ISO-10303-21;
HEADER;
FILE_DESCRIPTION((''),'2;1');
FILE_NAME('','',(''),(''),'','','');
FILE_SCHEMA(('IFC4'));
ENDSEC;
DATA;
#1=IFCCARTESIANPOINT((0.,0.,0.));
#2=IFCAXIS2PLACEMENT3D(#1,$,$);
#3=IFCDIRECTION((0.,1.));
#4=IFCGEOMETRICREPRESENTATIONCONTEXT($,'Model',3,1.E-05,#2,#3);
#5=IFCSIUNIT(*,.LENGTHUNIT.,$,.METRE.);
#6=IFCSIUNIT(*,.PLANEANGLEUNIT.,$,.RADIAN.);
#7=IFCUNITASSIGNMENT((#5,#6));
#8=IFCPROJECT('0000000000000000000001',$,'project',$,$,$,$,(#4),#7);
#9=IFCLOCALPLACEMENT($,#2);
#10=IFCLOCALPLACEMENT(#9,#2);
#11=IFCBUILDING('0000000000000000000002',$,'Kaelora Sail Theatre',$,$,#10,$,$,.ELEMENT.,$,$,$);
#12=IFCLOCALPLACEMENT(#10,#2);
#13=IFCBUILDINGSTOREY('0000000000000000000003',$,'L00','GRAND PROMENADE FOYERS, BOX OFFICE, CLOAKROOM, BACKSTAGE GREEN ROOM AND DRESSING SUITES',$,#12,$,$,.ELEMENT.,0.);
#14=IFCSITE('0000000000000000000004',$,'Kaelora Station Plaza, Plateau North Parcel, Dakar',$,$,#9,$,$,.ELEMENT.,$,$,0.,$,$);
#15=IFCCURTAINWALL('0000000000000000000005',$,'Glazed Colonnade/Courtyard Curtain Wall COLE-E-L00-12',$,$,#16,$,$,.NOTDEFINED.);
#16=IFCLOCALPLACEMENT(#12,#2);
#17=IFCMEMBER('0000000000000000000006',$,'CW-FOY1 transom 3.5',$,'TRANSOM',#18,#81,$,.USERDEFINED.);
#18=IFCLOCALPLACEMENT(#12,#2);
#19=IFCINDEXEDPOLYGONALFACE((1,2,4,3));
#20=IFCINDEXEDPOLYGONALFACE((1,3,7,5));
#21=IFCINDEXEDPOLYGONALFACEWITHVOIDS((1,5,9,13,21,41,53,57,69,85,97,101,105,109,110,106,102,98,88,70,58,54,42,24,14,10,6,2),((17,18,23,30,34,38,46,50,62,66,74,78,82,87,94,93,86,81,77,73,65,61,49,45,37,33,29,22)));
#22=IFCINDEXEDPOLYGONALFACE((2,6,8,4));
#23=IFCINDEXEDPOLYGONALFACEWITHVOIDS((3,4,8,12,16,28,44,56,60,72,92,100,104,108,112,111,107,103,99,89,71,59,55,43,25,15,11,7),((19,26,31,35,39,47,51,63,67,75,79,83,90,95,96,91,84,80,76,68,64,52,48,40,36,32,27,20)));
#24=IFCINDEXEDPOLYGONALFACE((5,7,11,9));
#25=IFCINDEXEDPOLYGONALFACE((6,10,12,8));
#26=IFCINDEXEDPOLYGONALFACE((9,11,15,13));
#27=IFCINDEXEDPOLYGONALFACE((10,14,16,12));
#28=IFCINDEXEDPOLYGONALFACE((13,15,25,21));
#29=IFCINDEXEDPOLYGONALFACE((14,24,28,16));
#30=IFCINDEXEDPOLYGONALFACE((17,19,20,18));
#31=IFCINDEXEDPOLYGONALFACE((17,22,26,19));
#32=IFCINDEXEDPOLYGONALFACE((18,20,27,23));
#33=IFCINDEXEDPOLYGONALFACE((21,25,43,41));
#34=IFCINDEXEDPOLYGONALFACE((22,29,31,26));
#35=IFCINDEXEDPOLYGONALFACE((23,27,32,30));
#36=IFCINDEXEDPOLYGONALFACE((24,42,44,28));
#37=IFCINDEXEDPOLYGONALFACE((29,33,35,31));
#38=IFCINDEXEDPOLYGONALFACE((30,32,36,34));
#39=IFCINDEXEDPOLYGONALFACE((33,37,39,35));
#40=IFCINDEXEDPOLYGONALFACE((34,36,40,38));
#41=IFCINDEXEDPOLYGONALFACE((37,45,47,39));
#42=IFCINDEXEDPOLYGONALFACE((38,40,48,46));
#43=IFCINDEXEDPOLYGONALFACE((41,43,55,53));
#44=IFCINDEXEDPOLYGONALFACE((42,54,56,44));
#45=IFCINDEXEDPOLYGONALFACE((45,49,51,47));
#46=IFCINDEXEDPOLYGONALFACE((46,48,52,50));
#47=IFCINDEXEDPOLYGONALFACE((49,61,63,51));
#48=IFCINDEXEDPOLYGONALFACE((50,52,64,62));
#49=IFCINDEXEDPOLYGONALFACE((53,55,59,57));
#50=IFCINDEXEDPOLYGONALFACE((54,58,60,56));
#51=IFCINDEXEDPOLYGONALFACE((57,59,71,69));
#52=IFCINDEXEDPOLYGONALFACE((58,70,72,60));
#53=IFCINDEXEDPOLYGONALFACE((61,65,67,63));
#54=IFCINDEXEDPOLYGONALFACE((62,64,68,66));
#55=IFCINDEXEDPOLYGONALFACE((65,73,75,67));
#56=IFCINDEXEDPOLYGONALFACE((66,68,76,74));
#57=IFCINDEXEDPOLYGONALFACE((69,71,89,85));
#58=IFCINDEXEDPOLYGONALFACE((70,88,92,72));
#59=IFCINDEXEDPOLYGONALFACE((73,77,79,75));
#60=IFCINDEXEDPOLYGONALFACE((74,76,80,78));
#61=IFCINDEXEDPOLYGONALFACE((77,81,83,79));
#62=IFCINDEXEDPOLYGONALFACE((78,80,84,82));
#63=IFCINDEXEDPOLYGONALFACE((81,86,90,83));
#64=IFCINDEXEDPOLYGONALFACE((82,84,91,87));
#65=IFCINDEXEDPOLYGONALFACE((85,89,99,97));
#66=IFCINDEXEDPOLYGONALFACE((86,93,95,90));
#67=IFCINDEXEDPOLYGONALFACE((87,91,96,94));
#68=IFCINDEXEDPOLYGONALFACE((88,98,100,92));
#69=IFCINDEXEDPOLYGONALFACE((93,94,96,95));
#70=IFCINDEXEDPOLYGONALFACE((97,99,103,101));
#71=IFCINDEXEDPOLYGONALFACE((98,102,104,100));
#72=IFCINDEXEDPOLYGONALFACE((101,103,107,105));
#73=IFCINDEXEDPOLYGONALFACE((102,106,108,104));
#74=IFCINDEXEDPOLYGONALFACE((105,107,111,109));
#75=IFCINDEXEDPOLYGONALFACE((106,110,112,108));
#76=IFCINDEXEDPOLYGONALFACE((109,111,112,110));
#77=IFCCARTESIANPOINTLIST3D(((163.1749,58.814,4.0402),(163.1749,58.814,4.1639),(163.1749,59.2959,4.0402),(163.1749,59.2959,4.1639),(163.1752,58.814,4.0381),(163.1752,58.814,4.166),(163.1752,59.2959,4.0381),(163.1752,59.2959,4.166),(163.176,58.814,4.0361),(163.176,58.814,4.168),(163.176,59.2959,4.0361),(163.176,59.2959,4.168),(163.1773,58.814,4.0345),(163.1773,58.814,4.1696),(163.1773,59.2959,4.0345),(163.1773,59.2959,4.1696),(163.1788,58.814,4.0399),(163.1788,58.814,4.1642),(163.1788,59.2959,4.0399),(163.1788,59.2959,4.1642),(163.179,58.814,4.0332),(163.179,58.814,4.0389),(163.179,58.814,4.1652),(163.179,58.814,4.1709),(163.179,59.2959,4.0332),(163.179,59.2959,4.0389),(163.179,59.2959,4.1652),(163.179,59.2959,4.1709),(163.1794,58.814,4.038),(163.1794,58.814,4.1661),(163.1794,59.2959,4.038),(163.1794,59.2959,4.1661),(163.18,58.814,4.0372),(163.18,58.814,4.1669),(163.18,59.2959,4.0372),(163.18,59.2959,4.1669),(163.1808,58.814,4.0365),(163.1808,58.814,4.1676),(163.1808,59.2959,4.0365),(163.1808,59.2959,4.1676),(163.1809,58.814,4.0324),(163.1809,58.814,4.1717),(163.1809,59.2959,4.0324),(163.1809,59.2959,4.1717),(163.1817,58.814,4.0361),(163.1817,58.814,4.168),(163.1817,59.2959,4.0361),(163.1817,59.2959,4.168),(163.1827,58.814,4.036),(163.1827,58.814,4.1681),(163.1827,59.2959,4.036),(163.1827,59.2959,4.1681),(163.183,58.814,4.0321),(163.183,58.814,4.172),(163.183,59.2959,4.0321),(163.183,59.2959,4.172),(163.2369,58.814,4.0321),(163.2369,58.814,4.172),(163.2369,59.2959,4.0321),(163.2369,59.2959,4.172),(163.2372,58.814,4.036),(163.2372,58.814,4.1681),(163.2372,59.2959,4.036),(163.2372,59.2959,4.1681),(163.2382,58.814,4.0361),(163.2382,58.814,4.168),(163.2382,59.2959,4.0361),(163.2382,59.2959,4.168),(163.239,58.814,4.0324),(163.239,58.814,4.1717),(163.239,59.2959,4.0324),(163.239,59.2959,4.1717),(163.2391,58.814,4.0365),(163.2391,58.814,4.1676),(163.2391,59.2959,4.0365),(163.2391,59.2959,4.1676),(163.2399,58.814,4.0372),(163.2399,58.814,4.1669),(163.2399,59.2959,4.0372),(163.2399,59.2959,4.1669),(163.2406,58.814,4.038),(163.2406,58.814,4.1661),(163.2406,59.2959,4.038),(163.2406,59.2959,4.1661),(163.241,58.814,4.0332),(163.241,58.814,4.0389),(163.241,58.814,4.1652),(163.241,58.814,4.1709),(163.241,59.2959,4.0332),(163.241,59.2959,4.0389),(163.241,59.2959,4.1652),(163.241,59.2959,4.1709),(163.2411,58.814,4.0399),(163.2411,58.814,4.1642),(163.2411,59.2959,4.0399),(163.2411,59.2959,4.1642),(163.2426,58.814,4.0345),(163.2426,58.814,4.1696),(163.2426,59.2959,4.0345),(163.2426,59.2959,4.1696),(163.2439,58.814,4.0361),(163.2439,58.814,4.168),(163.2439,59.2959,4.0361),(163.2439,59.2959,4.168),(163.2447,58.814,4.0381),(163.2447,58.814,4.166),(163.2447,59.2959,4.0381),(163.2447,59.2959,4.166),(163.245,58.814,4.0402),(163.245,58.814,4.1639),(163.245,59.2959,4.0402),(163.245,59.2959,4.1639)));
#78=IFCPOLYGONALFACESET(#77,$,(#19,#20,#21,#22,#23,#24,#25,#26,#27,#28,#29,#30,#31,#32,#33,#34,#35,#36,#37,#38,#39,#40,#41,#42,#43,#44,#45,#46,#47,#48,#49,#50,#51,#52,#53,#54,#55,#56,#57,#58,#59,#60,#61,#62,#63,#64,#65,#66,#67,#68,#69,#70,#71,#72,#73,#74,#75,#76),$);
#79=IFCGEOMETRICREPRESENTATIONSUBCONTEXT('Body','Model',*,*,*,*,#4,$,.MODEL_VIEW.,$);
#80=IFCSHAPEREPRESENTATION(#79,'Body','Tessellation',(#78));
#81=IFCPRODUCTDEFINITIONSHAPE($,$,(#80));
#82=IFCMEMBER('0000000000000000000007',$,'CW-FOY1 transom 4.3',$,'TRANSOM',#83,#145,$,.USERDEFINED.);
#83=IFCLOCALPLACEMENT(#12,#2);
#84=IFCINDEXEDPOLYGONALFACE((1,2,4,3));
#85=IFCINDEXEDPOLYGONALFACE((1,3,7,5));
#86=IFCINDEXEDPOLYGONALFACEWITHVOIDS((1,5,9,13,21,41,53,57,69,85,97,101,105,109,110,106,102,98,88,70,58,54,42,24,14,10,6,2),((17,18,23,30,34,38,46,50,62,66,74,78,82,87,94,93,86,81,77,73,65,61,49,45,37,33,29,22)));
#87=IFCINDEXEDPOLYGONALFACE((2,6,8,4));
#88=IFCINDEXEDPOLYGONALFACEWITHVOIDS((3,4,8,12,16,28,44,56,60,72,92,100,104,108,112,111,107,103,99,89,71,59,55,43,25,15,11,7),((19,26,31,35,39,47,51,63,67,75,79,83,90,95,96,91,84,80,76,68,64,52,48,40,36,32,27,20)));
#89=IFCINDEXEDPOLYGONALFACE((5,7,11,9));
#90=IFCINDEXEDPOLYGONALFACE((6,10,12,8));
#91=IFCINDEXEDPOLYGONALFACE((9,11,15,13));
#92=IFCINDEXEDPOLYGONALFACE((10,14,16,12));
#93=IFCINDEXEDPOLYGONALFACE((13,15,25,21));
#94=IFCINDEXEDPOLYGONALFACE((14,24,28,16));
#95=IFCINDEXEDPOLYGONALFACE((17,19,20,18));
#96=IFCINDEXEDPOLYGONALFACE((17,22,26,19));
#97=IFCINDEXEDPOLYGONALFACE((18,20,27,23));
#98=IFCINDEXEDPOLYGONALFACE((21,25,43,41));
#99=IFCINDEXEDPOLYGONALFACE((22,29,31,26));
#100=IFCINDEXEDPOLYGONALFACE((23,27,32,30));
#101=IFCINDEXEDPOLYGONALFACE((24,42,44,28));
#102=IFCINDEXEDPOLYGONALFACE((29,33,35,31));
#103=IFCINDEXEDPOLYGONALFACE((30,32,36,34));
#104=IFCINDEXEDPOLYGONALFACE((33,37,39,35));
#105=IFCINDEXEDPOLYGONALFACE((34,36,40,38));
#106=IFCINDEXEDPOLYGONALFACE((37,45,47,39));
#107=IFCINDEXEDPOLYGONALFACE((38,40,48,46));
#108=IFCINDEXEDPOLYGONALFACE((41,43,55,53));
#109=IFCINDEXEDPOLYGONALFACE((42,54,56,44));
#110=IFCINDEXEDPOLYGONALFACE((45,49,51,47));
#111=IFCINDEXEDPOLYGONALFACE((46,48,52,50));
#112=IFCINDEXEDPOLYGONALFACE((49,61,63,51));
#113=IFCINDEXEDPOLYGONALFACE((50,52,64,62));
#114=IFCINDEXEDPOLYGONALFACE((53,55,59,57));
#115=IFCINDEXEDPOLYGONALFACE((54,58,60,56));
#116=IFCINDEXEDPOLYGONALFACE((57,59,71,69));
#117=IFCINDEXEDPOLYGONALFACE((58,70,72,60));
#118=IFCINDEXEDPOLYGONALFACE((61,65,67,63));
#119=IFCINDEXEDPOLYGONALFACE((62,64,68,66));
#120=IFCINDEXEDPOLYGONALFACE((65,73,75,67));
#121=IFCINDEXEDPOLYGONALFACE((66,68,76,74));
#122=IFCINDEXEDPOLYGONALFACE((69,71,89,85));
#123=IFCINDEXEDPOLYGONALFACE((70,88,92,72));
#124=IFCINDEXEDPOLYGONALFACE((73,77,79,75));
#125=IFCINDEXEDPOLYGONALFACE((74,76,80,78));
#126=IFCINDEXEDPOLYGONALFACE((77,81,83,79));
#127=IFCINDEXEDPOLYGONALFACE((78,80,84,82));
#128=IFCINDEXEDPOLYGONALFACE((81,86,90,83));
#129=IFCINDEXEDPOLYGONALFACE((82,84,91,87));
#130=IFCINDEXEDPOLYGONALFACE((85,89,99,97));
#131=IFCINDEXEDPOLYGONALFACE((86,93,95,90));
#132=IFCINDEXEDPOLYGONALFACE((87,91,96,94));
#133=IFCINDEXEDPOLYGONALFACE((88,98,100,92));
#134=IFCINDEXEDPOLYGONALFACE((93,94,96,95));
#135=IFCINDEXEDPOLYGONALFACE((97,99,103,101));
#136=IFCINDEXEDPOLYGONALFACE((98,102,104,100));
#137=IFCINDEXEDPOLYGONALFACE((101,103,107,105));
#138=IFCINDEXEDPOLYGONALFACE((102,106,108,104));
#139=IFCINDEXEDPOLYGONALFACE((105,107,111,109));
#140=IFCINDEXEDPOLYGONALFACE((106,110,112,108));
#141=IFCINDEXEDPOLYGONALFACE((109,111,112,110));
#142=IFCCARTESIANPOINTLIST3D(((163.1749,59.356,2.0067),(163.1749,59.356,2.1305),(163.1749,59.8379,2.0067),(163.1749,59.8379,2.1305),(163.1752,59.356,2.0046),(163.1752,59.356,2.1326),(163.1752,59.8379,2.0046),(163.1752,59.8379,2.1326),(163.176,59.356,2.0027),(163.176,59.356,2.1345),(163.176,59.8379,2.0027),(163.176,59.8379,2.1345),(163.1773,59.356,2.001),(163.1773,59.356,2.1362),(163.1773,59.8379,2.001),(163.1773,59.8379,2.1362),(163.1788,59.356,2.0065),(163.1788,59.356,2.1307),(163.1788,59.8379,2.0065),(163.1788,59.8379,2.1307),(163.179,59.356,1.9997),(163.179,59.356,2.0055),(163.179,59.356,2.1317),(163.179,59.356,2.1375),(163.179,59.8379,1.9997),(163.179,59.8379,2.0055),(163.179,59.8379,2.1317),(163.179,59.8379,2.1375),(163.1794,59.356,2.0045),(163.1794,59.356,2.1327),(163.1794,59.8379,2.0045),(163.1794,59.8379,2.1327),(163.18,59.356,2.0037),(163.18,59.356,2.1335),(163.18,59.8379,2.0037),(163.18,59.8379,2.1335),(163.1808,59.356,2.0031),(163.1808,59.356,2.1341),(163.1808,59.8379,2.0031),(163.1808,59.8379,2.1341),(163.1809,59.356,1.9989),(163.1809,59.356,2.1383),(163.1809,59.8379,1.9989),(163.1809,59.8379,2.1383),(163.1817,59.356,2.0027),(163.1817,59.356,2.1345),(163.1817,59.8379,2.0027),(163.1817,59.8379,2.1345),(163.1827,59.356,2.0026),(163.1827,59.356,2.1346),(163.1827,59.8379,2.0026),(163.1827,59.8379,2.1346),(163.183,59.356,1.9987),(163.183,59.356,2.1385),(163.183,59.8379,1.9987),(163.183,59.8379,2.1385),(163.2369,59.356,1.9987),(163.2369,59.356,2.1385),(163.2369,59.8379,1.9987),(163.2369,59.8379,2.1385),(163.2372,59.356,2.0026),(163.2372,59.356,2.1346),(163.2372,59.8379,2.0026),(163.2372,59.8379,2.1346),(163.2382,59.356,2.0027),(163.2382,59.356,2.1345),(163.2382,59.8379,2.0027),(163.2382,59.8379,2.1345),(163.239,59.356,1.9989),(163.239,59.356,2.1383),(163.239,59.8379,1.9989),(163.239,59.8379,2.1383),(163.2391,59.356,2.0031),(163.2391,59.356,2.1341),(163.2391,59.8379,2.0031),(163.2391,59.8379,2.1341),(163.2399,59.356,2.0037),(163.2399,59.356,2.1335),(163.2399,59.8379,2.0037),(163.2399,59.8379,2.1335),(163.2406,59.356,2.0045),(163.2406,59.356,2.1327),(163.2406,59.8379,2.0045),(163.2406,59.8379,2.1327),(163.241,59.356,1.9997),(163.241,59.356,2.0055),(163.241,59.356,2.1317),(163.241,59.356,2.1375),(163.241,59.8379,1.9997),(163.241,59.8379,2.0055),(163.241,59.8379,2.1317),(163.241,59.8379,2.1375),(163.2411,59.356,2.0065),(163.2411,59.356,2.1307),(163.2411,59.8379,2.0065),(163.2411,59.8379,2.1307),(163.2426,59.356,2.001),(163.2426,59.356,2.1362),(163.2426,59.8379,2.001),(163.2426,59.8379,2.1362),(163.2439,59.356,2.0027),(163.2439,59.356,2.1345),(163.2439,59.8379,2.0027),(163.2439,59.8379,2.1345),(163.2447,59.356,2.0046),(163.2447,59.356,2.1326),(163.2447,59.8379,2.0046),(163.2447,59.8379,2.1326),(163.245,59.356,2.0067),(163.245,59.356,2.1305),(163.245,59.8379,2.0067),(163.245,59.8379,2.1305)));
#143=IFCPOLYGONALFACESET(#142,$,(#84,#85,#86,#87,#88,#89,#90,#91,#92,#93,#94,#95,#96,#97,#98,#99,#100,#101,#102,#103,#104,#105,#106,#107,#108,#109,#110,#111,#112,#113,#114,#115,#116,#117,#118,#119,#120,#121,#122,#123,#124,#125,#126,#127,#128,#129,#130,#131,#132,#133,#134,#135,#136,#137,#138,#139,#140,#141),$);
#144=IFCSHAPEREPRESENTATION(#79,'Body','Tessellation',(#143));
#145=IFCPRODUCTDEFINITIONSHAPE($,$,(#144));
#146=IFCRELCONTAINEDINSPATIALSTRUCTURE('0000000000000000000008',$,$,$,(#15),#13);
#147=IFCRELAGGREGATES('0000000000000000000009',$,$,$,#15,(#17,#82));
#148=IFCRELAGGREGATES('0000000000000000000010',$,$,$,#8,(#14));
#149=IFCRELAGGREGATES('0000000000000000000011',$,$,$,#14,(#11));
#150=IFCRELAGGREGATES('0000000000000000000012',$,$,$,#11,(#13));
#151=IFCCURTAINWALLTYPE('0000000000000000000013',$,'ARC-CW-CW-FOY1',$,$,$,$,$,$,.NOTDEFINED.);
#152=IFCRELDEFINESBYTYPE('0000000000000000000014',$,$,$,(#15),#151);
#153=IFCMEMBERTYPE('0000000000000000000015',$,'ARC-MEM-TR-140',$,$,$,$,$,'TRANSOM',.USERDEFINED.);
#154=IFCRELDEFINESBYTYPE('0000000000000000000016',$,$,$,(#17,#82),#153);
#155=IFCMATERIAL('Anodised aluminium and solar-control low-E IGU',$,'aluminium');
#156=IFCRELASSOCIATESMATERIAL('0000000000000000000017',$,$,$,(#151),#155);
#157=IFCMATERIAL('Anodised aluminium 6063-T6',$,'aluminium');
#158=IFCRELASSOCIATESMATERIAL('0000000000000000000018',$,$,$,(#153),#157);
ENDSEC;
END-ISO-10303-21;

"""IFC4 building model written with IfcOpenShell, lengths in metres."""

from ifc_helpers import new_model, si_unit, direction, frame, origin, origin_2d, place, context, subcontext, project, spatial, hollow_rectangle, extrude, material, material_profile, profile_set, type_object, element, aggregate, save


model = new_model("IFC4")

# Units and contexts
model_context = context("Model", 3, precision=1e-05, world=origin(), true_north=direction((0.0, 1.0)))
body_context = subcontext(model_context, "Body", "Model", "MODEL_VIEW")
ifc_project = project(units=[si_unit("LENGTHUNIT", "METRE"), si_unit("PLANEANGLEUNIT", "RADIAN")], contexts=[model_context])

# Site, building, storey
site_placement = place(None, origin())
site = spatial("IfcSite", under=ifc_project, at=site_placement, Name="Kaelora Station Plaza, Plateau North Parcel, Dakar", CompositionType="ELEMENT", RefElevation=0.0)
building_placement = place(site_placement, origin())
building = spatial("IfcBuilding", under=site, at=building_placement, Name="Kaelora Sail Theatre", CompositionType="ELEMENT")
storey_placement = place(building_placement, origin())
storey = spatial("IfcBuildingStorey", under=building, at=storey_placement, Name="L00", Description="GRAND PROMENADE FOYERS, BOX OFFICE, CLOAKROOM, BACKSTAGE GREEN ROOM AND DRESSING SUITES", CompositionType="ELEMENT", Elevation=0.0)

# Curtain wall, members
ifc_material_1 = material(Name="Anodised aluminium and solar-control low-E IGU", Category="aluminium")
curtain_wall_type = type_object("IfcCurtainWallType", Name="ARC-CW-CW-FOY1", PredefinedType="NOTDEFINED", material=ifc_material_1)
curtain_wall_placement = place(storey_placement, origin())
curtain_wall = element("IfcCurtainWall", 1, at=curtain_wall_placement, inside=storey, type_object=curtain_wall_type, Name="Glazed Colonnade/Courtyard Curtain Wall COLE-E-L00-12", PredefinedType="NOTDEFINED")
ifc_material_2 = material(Name="Anodised aluminium 6063-T6", Category="aluminium")
ifc_material_profile = material_profile(ifc_material_2, hollow_rectangle(XDim=0.0701, YDim=0.1399, WallThickness=0.0039, InnerFilletRadius=0.0039, OuterFilletRadius=0.0081, at=origin_2d()), Name="ALU-TRAN 70x140x4")
ifc_profile_set = profile_set([ifc_material_profile], Name="Anodised aluminium 6063-T6")
member_type = type_object("IfcMemberType", Name="ARC-MEM-TR-140", ElementType="TRANSOM", PredefinedType="USERDEFINED", material=ifc_profile_set)
member_1_placement = place(storey_placement, frame((163.21, 58.814, 4.1021), z_axis=(0.0, 1.0, 0.0), x_axis=(-1.0, 0.0, 0.0)))
member_1 = element("IfcMember", 2, at=member_1_placement, type_object=member_type, Name="CW-FOY1 transom 3.5", ObjectType="TRANSOM", PredefinedType="USERDEFINED", context=body_context, shape_type="SweptSolid", body=[
    extrude(hollow_rectangle(XDim=0.0701, YDim=0.1399, WallThickness=0.0039, InnerFilletRadius=0.0039, OuterFilletRadius=0.0081, at=origin_2d()), origin(), (0.0, 0.0, 1.0), 0.4819),
])
member_2_placement = place(storey_placement, frame((163.21, 59.356, 2.0686), z_axis=(0.0, 1.0, 0.0), x_axis=(-1.0, 0.0, 0.0)))
member_2 = element("IfcMember", 3, at=member_2_placement, type_object=member_type, Name="CW-FOY1 transom 4.3", ObjectType="TRANSOM", PredefinedType="USERDEFINED", context=body_context, shape_type="SweptSolid", body=[
    extrude(hollow_rectangle(XDim=0.0701, YDim=0.1399, WallThickness=0.0039, InnerFilletRadius=0.0039, OuterFilletRadius=0.0081, at=origin_2d()), origin(), (0.0, 0.0, 1.0), 0.4819),
])
aggregate(curtain_wall, [member_1, member_2])

save(model, "model.ifc")
